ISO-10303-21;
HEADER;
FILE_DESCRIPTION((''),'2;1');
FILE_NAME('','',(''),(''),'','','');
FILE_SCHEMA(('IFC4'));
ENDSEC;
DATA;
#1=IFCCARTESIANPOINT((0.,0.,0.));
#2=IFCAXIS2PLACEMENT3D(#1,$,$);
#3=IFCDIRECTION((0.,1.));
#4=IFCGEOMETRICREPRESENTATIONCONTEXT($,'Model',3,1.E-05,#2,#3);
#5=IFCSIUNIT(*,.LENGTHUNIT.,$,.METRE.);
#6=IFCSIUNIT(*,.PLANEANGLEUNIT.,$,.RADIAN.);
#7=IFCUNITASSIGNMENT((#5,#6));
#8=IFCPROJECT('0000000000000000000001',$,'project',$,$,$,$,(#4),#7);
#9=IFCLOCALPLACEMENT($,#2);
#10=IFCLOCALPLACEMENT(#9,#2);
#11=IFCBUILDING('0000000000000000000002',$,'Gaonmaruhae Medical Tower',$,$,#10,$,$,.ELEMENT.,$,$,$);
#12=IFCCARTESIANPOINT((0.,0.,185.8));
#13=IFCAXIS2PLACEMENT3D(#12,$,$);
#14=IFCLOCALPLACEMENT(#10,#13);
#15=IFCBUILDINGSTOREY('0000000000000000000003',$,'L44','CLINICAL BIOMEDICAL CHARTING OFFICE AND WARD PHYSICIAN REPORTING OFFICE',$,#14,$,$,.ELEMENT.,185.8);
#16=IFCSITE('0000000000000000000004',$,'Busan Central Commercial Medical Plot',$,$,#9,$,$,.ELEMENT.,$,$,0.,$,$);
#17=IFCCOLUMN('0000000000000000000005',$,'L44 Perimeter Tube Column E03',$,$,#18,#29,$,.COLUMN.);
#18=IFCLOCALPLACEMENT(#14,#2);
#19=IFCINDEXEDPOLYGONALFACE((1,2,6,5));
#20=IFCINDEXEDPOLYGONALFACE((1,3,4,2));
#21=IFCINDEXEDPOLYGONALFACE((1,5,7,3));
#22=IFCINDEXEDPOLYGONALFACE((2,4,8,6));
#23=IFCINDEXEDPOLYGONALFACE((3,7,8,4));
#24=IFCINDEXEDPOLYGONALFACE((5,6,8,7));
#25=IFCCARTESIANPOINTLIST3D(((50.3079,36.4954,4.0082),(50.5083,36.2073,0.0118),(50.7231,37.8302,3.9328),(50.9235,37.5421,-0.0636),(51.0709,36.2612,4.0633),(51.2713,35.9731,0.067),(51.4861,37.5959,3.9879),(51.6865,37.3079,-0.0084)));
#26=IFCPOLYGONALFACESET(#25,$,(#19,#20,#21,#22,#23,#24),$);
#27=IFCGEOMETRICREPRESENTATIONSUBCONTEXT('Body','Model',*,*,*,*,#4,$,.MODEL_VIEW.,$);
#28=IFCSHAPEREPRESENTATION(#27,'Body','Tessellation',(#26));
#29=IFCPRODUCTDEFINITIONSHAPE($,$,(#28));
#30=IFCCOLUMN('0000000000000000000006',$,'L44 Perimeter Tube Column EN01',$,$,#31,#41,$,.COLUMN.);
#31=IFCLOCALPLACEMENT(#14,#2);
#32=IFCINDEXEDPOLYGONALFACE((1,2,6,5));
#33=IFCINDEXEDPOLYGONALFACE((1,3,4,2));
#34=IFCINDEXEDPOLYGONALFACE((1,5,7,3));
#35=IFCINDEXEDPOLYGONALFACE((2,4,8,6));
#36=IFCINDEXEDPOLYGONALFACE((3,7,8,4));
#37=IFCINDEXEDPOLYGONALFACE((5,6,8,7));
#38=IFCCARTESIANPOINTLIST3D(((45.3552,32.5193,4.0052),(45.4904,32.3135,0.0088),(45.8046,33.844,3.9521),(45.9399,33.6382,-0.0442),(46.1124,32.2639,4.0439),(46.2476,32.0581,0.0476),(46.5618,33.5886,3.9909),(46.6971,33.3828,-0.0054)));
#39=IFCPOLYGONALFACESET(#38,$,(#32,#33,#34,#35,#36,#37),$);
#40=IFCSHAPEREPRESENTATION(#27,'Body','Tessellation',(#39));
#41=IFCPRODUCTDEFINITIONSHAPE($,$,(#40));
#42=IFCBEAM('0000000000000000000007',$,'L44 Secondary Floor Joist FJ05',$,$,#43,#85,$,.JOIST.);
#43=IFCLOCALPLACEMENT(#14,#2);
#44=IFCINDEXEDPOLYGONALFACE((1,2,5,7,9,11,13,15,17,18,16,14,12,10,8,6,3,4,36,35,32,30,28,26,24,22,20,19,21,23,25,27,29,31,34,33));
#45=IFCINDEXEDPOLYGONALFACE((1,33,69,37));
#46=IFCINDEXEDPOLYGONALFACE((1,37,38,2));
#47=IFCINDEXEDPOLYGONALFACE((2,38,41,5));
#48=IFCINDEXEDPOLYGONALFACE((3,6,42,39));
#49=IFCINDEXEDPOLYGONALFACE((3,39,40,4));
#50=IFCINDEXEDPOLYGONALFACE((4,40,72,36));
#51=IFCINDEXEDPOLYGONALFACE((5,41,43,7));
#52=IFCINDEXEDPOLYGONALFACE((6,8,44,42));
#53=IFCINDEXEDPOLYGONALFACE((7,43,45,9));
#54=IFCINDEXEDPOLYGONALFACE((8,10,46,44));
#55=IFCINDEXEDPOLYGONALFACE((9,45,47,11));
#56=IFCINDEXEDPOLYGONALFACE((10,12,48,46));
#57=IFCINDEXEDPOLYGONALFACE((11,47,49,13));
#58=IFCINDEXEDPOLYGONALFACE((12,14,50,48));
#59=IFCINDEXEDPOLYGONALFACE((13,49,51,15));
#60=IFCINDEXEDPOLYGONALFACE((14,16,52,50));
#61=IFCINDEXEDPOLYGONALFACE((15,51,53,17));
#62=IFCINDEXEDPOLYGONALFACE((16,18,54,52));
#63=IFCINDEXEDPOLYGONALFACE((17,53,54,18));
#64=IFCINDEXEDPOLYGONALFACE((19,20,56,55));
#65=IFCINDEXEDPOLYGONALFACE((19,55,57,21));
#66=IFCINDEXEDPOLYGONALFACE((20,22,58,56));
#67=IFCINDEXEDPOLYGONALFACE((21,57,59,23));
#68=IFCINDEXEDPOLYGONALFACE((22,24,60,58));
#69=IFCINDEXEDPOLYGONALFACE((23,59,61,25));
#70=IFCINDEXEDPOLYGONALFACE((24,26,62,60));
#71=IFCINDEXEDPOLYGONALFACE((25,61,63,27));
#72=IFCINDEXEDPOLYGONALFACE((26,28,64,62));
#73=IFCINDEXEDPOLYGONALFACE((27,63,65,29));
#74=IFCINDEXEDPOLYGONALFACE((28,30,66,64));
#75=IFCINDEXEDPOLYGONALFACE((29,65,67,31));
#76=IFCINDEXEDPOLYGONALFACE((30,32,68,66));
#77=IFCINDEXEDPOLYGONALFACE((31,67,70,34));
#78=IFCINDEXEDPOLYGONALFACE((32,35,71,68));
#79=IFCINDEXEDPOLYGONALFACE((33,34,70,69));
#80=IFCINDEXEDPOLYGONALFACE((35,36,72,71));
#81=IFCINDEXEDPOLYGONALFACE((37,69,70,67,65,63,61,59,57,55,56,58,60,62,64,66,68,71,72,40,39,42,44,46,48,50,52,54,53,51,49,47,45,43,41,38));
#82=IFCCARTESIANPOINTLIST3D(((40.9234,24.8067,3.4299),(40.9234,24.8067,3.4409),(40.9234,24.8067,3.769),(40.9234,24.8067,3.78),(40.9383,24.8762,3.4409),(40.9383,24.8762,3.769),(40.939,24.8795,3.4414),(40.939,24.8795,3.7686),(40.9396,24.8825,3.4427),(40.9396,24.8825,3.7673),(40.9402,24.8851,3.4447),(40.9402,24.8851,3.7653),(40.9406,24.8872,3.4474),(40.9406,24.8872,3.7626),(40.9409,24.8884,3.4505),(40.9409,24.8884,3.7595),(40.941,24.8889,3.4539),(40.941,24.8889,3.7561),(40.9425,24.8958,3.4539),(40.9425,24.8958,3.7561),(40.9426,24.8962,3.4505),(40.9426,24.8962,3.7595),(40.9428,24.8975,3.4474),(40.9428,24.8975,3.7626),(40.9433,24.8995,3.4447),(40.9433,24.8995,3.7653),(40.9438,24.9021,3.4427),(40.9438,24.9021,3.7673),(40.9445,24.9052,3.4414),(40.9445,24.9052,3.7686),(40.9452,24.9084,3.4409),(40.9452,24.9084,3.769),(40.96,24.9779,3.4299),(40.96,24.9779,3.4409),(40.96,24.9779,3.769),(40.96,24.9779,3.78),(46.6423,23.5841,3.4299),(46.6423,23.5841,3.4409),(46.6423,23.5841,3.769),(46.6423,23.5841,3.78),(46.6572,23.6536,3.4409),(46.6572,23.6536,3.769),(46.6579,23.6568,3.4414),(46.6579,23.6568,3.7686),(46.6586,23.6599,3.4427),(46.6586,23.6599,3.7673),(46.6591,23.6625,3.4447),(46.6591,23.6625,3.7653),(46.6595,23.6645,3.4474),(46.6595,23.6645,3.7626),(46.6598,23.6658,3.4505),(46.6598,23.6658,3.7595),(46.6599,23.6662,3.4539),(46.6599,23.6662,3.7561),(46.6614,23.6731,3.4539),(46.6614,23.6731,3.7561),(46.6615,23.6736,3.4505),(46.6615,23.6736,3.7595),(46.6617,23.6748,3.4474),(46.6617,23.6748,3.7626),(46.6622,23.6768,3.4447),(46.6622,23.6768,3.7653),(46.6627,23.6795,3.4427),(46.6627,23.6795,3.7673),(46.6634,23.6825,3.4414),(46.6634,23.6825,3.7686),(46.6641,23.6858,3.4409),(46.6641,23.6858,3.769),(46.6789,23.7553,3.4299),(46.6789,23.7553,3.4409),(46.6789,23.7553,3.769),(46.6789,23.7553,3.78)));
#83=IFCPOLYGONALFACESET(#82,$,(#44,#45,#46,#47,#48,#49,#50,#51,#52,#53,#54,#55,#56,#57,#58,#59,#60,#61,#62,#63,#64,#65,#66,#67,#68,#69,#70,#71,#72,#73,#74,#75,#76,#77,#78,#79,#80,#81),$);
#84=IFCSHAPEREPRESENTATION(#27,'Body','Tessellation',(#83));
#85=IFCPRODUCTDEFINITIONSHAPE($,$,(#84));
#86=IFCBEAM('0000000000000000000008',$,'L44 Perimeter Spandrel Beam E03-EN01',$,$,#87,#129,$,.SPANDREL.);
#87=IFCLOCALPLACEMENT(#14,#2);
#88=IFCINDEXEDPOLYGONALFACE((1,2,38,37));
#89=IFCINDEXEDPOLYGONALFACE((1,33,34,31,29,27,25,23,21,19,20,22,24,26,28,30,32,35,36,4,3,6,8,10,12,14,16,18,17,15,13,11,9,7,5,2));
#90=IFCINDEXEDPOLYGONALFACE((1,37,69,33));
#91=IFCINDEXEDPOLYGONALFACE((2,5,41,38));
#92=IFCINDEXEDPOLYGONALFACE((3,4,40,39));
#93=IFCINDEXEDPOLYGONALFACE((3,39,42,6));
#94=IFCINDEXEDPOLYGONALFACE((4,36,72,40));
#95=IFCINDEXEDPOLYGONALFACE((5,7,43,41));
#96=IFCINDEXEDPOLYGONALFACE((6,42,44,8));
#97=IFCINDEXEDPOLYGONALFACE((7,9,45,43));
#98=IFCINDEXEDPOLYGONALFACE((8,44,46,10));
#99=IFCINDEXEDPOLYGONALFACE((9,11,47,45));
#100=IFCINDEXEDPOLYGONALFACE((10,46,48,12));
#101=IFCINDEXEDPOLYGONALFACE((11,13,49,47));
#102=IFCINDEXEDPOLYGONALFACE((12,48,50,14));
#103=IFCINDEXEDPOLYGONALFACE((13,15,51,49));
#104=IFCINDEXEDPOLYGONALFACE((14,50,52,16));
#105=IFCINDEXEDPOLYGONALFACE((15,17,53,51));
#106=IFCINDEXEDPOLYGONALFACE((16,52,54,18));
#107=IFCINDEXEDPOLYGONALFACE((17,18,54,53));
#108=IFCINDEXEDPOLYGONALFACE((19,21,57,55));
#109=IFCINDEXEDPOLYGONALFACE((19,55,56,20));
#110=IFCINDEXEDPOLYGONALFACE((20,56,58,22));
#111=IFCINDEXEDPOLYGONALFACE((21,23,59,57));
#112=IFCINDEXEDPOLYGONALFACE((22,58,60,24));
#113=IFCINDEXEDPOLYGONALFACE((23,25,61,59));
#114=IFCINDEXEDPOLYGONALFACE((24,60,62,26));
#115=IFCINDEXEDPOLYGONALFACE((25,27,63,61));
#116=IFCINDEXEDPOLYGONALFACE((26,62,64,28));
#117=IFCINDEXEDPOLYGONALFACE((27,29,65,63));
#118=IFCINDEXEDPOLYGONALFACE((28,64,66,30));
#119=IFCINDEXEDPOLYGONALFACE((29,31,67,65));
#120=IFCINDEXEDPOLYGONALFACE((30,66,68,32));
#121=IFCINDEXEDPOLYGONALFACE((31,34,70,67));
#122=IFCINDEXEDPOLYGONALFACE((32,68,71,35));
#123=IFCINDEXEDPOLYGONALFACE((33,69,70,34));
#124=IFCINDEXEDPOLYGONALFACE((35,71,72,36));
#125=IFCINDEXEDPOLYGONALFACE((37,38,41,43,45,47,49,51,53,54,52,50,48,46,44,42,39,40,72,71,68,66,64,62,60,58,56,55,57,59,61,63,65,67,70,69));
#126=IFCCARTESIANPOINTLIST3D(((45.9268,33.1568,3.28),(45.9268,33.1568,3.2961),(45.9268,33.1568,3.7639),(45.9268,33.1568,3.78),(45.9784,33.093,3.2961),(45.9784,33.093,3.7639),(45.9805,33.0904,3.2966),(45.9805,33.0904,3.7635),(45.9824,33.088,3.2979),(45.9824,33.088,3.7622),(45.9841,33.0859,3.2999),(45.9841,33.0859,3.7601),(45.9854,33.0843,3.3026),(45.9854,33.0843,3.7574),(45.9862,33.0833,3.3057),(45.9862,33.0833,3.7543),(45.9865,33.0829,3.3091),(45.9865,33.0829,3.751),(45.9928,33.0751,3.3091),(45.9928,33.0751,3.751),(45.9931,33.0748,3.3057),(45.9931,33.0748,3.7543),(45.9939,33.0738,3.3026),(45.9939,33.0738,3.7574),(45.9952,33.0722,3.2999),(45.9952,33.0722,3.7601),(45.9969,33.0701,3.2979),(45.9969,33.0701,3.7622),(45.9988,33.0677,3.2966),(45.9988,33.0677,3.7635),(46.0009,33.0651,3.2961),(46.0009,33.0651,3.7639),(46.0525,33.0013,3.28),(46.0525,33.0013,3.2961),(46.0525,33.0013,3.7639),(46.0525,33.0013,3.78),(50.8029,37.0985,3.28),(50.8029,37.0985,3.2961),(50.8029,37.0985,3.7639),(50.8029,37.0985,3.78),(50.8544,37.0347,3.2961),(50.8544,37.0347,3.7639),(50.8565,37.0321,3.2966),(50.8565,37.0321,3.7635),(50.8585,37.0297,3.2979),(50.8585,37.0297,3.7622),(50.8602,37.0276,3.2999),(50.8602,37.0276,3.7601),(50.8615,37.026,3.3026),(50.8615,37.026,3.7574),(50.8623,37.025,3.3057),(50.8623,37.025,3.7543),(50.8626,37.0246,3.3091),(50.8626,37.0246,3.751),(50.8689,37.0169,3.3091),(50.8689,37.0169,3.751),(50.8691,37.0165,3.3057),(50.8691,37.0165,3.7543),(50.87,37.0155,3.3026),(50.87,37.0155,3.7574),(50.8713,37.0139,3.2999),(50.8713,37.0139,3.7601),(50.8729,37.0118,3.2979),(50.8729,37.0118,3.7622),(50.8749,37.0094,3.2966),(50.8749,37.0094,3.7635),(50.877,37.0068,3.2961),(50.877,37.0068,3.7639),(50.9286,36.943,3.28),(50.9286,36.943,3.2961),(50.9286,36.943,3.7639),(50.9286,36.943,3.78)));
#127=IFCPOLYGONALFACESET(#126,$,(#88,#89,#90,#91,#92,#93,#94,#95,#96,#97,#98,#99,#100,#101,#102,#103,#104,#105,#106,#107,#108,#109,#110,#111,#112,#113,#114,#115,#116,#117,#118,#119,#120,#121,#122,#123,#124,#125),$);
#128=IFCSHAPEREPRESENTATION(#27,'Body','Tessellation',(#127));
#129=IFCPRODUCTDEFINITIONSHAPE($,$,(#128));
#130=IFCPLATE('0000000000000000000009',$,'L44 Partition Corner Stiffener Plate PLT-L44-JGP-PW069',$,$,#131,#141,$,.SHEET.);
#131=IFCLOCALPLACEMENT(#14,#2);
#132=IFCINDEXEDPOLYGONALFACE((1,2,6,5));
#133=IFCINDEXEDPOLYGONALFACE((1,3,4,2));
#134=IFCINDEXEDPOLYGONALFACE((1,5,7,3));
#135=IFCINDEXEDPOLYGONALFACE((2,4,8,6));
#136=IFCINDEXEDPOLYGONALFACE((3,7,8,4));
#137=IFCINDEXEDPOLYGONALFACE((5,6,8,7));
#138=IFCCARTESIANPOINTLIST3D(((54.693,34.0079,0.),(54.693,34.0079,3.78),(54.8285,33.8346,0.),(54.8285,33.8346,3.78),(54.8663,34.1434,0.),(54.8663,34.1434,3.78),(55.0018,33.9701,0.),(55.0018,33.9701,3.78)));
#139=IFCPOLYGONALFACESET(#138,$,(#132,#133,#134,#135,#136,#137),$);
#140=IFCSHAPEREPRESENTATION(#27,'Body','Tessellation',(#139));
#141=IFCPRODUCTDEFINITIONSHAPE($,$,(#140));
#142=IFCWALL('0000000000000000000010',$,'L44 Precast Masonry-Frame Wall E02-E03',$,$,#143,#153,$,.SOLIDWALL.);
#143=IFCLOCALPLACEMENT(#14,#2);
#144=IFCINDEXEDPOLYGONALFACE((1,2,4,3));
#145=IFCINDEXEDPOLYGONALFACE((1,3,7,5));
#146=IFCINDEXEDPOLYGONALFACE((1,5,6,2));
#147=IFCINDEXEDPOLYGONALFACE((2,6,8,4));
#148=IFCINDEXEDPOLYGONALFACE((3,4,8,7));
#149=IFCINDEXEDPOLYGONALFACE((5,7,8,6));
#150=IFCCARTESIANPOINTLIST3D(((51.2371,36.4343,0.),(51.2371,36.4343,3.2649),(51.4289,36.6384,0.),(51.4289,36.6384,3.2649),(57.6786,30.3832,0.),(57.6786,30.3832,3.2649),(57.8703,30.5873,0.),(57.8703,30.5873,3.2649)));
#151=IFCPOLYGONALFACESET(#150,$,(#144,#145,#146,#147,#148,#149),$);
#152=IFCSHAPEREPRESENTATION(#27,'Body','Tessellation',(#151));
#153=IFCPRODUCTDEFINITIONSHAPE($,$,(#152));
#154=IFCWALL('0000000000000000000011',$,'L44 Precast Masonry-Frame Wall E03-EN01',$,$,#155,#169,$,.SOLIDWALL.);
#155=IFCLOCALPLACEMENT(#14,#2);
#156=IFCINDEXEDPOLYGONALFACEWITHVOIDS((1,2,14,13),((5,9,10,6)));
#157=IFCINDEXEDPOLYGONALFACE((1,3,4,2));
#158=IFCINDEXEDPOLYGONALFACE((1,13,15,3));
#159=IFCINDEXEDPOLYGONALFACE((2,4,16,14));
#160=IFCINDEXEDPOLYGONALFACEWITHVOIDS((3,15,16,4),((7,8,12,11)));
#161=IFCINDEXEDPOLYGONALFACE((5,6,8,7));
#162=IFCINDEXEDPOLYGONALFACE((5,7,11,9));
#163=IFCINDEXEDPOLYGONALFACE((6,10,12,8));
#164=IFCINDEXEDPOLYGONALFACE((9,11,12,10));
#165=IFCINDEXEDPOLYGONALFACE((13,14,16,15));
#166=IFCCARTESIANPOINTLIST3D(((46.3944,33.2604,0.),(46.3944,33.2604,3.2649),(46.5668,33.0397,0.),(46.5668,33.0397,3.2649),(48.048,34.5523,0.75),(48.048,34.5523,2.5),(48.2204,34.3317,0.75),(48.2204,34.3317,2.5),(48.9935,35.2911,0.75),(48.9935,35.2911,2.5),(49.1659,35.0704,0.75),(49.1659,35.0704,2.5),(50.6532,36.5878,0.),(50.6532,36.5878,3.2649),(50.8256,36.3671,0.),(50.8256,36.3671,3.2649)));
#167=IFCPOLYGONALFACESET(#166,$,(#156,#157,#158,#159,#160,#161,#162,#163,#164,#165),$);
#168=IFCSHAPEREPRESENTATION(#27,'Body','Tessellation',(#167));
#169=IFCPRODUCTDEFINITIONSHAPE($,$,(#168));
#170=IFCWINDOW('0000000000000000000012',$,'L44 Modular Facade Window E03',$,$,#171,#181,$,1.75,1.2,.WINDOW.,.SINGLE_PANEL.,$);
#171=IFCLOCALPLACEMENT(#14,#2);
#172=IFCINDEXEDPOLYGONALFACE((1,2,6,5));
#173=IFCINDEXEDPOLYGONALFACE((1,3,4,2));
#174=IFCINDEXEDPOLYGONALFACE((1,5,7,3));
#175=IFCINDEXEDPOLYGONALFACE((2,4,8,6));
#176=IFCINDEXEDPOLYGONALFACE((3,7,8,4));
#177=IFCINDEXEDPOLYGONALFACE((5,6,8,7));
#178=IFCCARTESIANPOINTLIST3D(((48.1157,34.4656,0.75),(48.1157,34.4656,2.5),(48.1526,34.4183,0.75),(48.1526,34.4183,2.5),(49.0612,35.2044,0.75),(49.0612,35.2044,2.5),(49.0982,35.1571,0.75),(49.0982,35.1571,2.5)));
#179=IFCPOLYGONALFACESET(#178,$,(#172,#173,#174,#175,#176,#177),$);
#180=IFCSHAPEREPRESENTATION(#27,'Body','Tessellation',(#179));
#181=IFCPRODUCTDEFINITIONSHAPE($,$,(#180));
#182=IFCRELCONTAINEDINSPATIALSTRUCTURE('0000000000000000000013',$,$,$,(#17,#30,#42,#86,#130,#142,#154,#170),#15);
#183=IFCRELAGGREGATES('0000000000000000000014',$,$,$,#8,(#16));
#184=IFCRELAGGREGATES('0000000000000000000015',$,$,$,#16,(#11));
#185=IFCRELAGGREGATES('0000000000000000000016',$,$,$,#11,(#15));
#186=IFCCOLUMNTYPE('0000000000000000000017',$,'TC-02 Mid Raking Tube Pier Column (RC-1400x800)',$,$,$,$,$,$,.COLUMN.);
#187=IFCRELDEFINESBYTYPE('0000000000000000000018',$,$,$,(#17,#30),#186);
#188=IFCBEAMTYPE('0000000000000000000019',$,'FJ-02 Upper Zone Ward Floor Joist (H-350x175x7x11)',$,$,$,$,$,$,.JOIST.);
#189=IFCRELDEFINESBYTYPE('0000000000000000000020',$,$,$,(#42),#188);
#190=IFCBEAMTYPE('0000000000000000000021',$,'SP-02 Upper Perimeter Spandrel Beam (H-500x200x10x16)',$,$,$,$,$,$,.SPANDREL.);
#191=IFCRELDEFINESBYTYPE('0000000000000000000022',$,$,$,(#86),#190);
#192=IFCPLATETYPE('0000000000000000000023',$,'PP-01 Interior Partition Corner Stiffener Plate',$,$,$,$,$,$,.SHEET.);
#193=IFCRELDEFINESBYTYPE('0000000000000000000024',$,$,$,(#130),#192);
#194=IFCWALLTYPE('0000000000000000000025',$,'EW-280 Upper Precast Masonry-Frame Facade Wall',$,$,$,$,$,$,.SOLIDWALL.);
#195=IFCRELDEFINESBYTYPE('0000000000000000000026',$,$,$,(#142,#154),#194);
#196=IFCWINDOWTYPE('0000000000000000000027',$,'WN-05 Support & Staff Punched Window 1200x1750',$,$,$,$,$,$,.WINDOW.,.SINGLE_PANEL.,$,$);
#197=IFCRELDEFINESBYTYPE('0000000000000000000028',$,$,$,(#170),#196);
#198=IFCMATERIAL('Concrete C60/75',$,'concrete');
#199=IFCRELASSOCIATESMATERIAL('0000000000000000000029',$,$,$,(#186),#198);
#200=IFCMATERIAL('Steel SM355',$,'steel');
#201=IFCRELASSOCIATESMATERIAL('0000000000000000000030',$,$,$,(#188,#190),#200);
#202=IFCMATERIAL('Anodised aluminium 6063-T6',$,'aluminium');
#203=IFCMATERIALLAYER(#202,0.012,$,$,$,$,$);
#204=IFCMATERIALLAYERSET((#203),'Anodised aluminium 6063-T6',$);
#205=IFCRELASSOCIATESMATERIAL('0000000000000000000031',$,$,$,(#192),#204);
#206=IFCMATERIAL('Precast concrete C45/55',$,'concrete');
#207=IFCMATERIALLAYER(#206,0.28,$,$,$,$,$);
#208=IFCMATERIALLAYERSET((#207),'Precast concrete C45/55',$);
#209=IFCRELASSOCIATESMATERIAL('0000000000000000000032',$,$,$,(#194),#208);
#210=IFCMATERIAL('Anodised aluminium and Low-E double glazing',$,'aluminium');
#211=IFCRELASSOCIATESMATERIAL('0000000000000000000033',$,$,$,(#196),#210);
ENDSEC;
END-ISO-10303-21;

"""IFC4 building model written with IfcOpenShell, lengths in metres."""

from ifc_helpers import new_model, si_unit, direction, frame, frame_2d, origin, origin_2d, place, context, subcontext, project, spatial, rectangle, i_section, extrude, material, layer, layer_set, material_profile, profile_set, type_object, element, fill, save


model = new_model("IFC4")

# Units and contexts
model_context = context("Model", 3, precision=1e-05, world=origin(), true_north=direction((0.0, 1.0)))
body_context = subcontext(model_context, "Body", "Model", "MODEL_VIEW")
ifc_project = project(units=[si_unit("LENGTHUNIT", "METRE"), si_unit("PLANEANGLEUNIT", "RADIAN")], contexts=[model_context])

# Site, building, storey
site_placement = place(None, origin())
site = spatial("IfcSite", under=ifc_project, at=site_placement, Name="Busan Central Commercial Medical Plot", CompositionType="ELEMENT", RefElevation=0.0)
building_placement = place(site_placement, origin())
building = spatial("IfcBuilding", under=site, at=building_placement, Name="Gaonmaruhae Medical Tower", CompositionType="ELEMENT")
storey_placement = place(building_placement, frame((0.0, 0.0, 185.8)))
storey = spatial("IfcBuildingStorey", under=building, at=storey_placement, Name="L44", Description="CLINICAL BIOMEDICAL CHARTING OFFICE AND WARD PHYSICIAN REPORTING OFFICE", CompositionType="ELEMENT", Elevation=185.8)

# Columns
ifc_material_1 = material(Name="Concrete C60/75", Category="concrete")
ifc_material_profile_1 = material_profile(ifc_material_1, rectangle(XDim=1.3999, YDim=0.8, at=origin_2d()), Name="RC-1400x800")
ifc_profile_set_1 = profile_set([ifc_material_profile_1], Name="Concrete C60/75")
column_type = type_object("IfcColumnType", Name="TC-02 Mid Raking Tube Pier Column (RC-1400x800)", PredefinedType="COLUMN", material=ifc_profile_set_1)
column_1_placement = place(storey_placement, frame((51.0974, 36.7576, 0.0017), z_axis=(-0.049963, 0.071811, 0.996166), x_axis=(-0.296577, -0.953489, 0.05386)))
element("IfcColumn", 1, at=column_1_placement, inside=storey, type_object=column_type, Name="L44 Perimeter Tube Column E03", PredefinedType="COLUMN", context=body_context, shape_type="SweptSolid", body=[
    extrude(rectangle(XDim=1.3999, YDim=0.8, at=origin_2d()), origin(), (0.0, 0.0, 1.0), 4.0117),
])
column_2_placement = place(storey_placement, frame((46.0938, 32.8481, 0.0017), z_axis=(-0.03378, 0.051402, 0.998107), x_axis=(-0.321055, -0.946303, 0.037868)))
element("IfcColumn", 2, at=column_2_placement, inside=storey, type_object=column_type, Name="L44 Perimeter Tube Column EN01", PredefinedType="COLUMN", context=body_context, shape_type="SweptSolid", body=[
    extrude(rectangle(XDim=1.3999, YDim=0.8, at=origin_2d()), origin(), (0.0, 0.0, 1.0), 4.0039),
])

# Beams
ifc_material_2 = material(Name="Steel SM355", Category="steel")
ifc_material_profile_2 = material_profile(ifc_material_2, i_section(OverallWidth=0.175, OverallDepth=0.3501, WebThickness=0.0071, FlangeThickness=0.011, FilletRadius=0.0129, at=origin_2d()), Name="H-350x175x7x11")
ifc_profile_set_2 = profile_set([ifc_material_profile_2], Name="Steel SM355")
beam_type_1 = type_object("IfcBeamType", Name="FJ-02 Upper Zone Ward Floor Joist (H-350x175x7x11)", PredefinedType="JOIST", material=ifc_profile_set_2)
beam_1_placement = place(storey_placement, frame((46.6606, 23.6697, 3.605), z_axis=(-0.977902, 0.209064, 0.0), x_axis=(-0.209064, -0.977902, 0.0)))
element("IfcBeam", 3, at=beam_1_placement, inside=storey, type_object=beam_type_1, Name="L44 Secondary Floor Joist FJ05", PredefinedType="JOIST", context=body_context, shape_type="SweptSolid", body=[
    extrude(i_section(OverallWidth=0.175, OverallDepth=0.3501, WebThickness=0.0071, FlangeThickness=0.011, FilletRadius=0.0129, at=origin_2d()), origin(), (0.0, 0.0, 1.0), 5.8481),
])
ifc_material_profile_3 = material_profile(ifc_material_2, i_section(OverallWidth=0.2, OverallDepth=0.5, WebThickness=0.01, FlangeThickness=0.0161, FilletRadius=0.0129, at=origin_2d()), Name="H-500x200x10x16")
ifc_profile_set_3 = profile_set([ifc_material_profile_3], Name="Steel SM355")
beam_type_2 = type_object("IfcBeamType", Name="SP-02 Upper Perimeter Spandrel Beam (H-500x200x10x16)", PredefinedType="SPANDREL", material=ifc_profile_set_3)
beam_2_placement = place(storey_placement, frame((50.8657, 37.0208, 3.53), z_axis=(-0.777679, -0.628662, 0.0), x_axis=(0.628662, -0.777679, 0.0)))
element("IfcBeam", 4, at=beam_2_placement, inside=storey, type_object=beam_type_2, Name="L44 Perimeter Spandrel Beam E03-EN01", PredefinedType="SPANDREL", context=body_context, shape_type="SweptSolid", body=[
    extrude(i_section(OverallWidth=0.2, OverallDepth=0.5, WebThickness=0.01, FlangeThickness=0.0161, FilletRadius=0.0129, at=origin_2d()), origin(), (0.0, 0.0, 1.0), 6.27),
])

# Plate
ifc_material_3 = material(Name="Anodised aluminium 6063-T6", Category="aluminium")
ifc_layer_1 = layer(ifc_material_3, 0.012)
ifc_layer_set_1 = layer_set([ifc_layer_1], Name="Anodised aluminium 6063-T6")
plate_type = type_object("IfcPlateType", Name="PP-01 Interior Partition Corner Stiffener Plate", PredefinedType="SHEET", material=ifc_layer_set_1)
plate_placement = place(storey_placement, frame((54.8474, 33.989, 0.0), z_axis=(0.0, 0.0, 1.0), x_axis=(-0.787699, -0.61606, 0.0)))
element("IfcPlate", 5, at=plate_placement, inside=storey, type_object=plate_type, Name="L44 Partition Corner Stiffener Plate PLT-L44-JGP-PW069", PredefinedType="SHEET", context=body_context, shape_type="SweptSolid", body=[
    extrude(rectangle(XDim=0.22, YDim=0.22, at=origin_2d()), origin(), (0.0, 0.0, 1.0), 3.78),
])

# Wall
ifc_material_4 = material(Name="Precast concrete C45/55", Category="concrete")
ifc_layer_2 = layer(ifc_material_4, 0.28)
ifc_layer_set_2 = layer_set([ifc_layer_2], Name="Precast concrete C45/55")
wall_type_1 = type_object("IfcWallType", Name="EW-280 Upper Precast Masonry-Frame Facade Wall", PredefinedType="SOLIDWALL", material=ifc_layer_set_2)
wall_1_placement = place(storey_placement, frame((51.333, 36.5364, 0.0), z_axis=(0.0, 0.0, 1.0), x_axis=(0.728848, -0.684676, 0.0)))
element("IfcWall", 6, at=wall_1_placement, inside=storey, type_object=wall_type_1, Name="L44 Precast Masonry-Frame Wall E02-E03", PredefinedType="SOLIDWALL", context=body_context, shape_type="SweptSolid", body=[
    extrude(rectangle(XDim=8.8379, YDim=0.28, at=frame_2d((4.4189, 0.0))), origin(), (0.0, 0.0, 1.0), 3.2649),
])

# Wall, opening, window
wall_2_placement = place(storey_placement, frame((46.4807, 33.1501, 0.0), z_axis=(0.0, 0.0, 1.0), x_axis=(0.788005, 0.615669, 0.0)))
wall_2 = element("IfcWall", 7, at=wall_2_placement, inside=storey, type_object=wall_type_1, Name="L44 Precast Masonry-Frame Wall E03-EN01", PredefinedType="SOLIDWALL", context=body_context, shape_type="SweptSolid", body=[
    extrude(rectangle(XDim=5.4045, YDim=0.28, at=frame_2d((2.7021, 0.0))), origin(), (0.0, 0.0, 1.0), 3.2649),
])
opening_1_placement = place(wall_2_placement, frame((2.0981, 0.0, 0.75)))
opening_1 = element("IfcOpeningElement", 8, at=opening_1_placement, cuts=wall_2, PredefinedType="OPENING", context=body_context, shape_type="SweptSolid", body=[
    extrude(rectangle(XDim=1.2, YDim=1.75, at=frame_2d((0.6001, 0.875))), frame((0.0, 0.1499, 0.0), z_axis=(0.0, -1.0, 0.0), x_axis=(1.0, 0.0, 0.0)), (0.0, 0.0, 1.0), 0.3),
])
ifc_material_5 = material(Name="Anodised aluminium and Low-E double glazing", Category="aluminium")
window_type = type_object("IfcWindowType", Name="WN-05 Support & Staff Punched Window 1200x1750", PartitioningType="SINGLE_PANEL", PredefinedType="WINDOW", material=ifc_material_5)
window_placement = place(opening_1_placement, origin())
window = element("IfcWindow", 9, at=window_placement, inside=storey, type_object=window_type, Name="L44 Modular Facade Window E03", OverallHeight=1.75, OverallWidth=1.2, PartitioningType="SINGLE_PANEL", PredefinedType="WINDOW", context=body_context, shape_type="SweptSolid", body=[
    extrude(rectangle(XDim=1.2, YDim=1.75, at=frame_2d((0.6001, 0.875))), frame((0.0, 0.03, 0.0), z_axis=(0.0, -1.0, 0.0), x_axis=(1.0, 0.0, 0.0)), (0.0, 0.0, 1.0), 0.0601),
])
fill(opening_1, window)

save(model, "model.ifc")
